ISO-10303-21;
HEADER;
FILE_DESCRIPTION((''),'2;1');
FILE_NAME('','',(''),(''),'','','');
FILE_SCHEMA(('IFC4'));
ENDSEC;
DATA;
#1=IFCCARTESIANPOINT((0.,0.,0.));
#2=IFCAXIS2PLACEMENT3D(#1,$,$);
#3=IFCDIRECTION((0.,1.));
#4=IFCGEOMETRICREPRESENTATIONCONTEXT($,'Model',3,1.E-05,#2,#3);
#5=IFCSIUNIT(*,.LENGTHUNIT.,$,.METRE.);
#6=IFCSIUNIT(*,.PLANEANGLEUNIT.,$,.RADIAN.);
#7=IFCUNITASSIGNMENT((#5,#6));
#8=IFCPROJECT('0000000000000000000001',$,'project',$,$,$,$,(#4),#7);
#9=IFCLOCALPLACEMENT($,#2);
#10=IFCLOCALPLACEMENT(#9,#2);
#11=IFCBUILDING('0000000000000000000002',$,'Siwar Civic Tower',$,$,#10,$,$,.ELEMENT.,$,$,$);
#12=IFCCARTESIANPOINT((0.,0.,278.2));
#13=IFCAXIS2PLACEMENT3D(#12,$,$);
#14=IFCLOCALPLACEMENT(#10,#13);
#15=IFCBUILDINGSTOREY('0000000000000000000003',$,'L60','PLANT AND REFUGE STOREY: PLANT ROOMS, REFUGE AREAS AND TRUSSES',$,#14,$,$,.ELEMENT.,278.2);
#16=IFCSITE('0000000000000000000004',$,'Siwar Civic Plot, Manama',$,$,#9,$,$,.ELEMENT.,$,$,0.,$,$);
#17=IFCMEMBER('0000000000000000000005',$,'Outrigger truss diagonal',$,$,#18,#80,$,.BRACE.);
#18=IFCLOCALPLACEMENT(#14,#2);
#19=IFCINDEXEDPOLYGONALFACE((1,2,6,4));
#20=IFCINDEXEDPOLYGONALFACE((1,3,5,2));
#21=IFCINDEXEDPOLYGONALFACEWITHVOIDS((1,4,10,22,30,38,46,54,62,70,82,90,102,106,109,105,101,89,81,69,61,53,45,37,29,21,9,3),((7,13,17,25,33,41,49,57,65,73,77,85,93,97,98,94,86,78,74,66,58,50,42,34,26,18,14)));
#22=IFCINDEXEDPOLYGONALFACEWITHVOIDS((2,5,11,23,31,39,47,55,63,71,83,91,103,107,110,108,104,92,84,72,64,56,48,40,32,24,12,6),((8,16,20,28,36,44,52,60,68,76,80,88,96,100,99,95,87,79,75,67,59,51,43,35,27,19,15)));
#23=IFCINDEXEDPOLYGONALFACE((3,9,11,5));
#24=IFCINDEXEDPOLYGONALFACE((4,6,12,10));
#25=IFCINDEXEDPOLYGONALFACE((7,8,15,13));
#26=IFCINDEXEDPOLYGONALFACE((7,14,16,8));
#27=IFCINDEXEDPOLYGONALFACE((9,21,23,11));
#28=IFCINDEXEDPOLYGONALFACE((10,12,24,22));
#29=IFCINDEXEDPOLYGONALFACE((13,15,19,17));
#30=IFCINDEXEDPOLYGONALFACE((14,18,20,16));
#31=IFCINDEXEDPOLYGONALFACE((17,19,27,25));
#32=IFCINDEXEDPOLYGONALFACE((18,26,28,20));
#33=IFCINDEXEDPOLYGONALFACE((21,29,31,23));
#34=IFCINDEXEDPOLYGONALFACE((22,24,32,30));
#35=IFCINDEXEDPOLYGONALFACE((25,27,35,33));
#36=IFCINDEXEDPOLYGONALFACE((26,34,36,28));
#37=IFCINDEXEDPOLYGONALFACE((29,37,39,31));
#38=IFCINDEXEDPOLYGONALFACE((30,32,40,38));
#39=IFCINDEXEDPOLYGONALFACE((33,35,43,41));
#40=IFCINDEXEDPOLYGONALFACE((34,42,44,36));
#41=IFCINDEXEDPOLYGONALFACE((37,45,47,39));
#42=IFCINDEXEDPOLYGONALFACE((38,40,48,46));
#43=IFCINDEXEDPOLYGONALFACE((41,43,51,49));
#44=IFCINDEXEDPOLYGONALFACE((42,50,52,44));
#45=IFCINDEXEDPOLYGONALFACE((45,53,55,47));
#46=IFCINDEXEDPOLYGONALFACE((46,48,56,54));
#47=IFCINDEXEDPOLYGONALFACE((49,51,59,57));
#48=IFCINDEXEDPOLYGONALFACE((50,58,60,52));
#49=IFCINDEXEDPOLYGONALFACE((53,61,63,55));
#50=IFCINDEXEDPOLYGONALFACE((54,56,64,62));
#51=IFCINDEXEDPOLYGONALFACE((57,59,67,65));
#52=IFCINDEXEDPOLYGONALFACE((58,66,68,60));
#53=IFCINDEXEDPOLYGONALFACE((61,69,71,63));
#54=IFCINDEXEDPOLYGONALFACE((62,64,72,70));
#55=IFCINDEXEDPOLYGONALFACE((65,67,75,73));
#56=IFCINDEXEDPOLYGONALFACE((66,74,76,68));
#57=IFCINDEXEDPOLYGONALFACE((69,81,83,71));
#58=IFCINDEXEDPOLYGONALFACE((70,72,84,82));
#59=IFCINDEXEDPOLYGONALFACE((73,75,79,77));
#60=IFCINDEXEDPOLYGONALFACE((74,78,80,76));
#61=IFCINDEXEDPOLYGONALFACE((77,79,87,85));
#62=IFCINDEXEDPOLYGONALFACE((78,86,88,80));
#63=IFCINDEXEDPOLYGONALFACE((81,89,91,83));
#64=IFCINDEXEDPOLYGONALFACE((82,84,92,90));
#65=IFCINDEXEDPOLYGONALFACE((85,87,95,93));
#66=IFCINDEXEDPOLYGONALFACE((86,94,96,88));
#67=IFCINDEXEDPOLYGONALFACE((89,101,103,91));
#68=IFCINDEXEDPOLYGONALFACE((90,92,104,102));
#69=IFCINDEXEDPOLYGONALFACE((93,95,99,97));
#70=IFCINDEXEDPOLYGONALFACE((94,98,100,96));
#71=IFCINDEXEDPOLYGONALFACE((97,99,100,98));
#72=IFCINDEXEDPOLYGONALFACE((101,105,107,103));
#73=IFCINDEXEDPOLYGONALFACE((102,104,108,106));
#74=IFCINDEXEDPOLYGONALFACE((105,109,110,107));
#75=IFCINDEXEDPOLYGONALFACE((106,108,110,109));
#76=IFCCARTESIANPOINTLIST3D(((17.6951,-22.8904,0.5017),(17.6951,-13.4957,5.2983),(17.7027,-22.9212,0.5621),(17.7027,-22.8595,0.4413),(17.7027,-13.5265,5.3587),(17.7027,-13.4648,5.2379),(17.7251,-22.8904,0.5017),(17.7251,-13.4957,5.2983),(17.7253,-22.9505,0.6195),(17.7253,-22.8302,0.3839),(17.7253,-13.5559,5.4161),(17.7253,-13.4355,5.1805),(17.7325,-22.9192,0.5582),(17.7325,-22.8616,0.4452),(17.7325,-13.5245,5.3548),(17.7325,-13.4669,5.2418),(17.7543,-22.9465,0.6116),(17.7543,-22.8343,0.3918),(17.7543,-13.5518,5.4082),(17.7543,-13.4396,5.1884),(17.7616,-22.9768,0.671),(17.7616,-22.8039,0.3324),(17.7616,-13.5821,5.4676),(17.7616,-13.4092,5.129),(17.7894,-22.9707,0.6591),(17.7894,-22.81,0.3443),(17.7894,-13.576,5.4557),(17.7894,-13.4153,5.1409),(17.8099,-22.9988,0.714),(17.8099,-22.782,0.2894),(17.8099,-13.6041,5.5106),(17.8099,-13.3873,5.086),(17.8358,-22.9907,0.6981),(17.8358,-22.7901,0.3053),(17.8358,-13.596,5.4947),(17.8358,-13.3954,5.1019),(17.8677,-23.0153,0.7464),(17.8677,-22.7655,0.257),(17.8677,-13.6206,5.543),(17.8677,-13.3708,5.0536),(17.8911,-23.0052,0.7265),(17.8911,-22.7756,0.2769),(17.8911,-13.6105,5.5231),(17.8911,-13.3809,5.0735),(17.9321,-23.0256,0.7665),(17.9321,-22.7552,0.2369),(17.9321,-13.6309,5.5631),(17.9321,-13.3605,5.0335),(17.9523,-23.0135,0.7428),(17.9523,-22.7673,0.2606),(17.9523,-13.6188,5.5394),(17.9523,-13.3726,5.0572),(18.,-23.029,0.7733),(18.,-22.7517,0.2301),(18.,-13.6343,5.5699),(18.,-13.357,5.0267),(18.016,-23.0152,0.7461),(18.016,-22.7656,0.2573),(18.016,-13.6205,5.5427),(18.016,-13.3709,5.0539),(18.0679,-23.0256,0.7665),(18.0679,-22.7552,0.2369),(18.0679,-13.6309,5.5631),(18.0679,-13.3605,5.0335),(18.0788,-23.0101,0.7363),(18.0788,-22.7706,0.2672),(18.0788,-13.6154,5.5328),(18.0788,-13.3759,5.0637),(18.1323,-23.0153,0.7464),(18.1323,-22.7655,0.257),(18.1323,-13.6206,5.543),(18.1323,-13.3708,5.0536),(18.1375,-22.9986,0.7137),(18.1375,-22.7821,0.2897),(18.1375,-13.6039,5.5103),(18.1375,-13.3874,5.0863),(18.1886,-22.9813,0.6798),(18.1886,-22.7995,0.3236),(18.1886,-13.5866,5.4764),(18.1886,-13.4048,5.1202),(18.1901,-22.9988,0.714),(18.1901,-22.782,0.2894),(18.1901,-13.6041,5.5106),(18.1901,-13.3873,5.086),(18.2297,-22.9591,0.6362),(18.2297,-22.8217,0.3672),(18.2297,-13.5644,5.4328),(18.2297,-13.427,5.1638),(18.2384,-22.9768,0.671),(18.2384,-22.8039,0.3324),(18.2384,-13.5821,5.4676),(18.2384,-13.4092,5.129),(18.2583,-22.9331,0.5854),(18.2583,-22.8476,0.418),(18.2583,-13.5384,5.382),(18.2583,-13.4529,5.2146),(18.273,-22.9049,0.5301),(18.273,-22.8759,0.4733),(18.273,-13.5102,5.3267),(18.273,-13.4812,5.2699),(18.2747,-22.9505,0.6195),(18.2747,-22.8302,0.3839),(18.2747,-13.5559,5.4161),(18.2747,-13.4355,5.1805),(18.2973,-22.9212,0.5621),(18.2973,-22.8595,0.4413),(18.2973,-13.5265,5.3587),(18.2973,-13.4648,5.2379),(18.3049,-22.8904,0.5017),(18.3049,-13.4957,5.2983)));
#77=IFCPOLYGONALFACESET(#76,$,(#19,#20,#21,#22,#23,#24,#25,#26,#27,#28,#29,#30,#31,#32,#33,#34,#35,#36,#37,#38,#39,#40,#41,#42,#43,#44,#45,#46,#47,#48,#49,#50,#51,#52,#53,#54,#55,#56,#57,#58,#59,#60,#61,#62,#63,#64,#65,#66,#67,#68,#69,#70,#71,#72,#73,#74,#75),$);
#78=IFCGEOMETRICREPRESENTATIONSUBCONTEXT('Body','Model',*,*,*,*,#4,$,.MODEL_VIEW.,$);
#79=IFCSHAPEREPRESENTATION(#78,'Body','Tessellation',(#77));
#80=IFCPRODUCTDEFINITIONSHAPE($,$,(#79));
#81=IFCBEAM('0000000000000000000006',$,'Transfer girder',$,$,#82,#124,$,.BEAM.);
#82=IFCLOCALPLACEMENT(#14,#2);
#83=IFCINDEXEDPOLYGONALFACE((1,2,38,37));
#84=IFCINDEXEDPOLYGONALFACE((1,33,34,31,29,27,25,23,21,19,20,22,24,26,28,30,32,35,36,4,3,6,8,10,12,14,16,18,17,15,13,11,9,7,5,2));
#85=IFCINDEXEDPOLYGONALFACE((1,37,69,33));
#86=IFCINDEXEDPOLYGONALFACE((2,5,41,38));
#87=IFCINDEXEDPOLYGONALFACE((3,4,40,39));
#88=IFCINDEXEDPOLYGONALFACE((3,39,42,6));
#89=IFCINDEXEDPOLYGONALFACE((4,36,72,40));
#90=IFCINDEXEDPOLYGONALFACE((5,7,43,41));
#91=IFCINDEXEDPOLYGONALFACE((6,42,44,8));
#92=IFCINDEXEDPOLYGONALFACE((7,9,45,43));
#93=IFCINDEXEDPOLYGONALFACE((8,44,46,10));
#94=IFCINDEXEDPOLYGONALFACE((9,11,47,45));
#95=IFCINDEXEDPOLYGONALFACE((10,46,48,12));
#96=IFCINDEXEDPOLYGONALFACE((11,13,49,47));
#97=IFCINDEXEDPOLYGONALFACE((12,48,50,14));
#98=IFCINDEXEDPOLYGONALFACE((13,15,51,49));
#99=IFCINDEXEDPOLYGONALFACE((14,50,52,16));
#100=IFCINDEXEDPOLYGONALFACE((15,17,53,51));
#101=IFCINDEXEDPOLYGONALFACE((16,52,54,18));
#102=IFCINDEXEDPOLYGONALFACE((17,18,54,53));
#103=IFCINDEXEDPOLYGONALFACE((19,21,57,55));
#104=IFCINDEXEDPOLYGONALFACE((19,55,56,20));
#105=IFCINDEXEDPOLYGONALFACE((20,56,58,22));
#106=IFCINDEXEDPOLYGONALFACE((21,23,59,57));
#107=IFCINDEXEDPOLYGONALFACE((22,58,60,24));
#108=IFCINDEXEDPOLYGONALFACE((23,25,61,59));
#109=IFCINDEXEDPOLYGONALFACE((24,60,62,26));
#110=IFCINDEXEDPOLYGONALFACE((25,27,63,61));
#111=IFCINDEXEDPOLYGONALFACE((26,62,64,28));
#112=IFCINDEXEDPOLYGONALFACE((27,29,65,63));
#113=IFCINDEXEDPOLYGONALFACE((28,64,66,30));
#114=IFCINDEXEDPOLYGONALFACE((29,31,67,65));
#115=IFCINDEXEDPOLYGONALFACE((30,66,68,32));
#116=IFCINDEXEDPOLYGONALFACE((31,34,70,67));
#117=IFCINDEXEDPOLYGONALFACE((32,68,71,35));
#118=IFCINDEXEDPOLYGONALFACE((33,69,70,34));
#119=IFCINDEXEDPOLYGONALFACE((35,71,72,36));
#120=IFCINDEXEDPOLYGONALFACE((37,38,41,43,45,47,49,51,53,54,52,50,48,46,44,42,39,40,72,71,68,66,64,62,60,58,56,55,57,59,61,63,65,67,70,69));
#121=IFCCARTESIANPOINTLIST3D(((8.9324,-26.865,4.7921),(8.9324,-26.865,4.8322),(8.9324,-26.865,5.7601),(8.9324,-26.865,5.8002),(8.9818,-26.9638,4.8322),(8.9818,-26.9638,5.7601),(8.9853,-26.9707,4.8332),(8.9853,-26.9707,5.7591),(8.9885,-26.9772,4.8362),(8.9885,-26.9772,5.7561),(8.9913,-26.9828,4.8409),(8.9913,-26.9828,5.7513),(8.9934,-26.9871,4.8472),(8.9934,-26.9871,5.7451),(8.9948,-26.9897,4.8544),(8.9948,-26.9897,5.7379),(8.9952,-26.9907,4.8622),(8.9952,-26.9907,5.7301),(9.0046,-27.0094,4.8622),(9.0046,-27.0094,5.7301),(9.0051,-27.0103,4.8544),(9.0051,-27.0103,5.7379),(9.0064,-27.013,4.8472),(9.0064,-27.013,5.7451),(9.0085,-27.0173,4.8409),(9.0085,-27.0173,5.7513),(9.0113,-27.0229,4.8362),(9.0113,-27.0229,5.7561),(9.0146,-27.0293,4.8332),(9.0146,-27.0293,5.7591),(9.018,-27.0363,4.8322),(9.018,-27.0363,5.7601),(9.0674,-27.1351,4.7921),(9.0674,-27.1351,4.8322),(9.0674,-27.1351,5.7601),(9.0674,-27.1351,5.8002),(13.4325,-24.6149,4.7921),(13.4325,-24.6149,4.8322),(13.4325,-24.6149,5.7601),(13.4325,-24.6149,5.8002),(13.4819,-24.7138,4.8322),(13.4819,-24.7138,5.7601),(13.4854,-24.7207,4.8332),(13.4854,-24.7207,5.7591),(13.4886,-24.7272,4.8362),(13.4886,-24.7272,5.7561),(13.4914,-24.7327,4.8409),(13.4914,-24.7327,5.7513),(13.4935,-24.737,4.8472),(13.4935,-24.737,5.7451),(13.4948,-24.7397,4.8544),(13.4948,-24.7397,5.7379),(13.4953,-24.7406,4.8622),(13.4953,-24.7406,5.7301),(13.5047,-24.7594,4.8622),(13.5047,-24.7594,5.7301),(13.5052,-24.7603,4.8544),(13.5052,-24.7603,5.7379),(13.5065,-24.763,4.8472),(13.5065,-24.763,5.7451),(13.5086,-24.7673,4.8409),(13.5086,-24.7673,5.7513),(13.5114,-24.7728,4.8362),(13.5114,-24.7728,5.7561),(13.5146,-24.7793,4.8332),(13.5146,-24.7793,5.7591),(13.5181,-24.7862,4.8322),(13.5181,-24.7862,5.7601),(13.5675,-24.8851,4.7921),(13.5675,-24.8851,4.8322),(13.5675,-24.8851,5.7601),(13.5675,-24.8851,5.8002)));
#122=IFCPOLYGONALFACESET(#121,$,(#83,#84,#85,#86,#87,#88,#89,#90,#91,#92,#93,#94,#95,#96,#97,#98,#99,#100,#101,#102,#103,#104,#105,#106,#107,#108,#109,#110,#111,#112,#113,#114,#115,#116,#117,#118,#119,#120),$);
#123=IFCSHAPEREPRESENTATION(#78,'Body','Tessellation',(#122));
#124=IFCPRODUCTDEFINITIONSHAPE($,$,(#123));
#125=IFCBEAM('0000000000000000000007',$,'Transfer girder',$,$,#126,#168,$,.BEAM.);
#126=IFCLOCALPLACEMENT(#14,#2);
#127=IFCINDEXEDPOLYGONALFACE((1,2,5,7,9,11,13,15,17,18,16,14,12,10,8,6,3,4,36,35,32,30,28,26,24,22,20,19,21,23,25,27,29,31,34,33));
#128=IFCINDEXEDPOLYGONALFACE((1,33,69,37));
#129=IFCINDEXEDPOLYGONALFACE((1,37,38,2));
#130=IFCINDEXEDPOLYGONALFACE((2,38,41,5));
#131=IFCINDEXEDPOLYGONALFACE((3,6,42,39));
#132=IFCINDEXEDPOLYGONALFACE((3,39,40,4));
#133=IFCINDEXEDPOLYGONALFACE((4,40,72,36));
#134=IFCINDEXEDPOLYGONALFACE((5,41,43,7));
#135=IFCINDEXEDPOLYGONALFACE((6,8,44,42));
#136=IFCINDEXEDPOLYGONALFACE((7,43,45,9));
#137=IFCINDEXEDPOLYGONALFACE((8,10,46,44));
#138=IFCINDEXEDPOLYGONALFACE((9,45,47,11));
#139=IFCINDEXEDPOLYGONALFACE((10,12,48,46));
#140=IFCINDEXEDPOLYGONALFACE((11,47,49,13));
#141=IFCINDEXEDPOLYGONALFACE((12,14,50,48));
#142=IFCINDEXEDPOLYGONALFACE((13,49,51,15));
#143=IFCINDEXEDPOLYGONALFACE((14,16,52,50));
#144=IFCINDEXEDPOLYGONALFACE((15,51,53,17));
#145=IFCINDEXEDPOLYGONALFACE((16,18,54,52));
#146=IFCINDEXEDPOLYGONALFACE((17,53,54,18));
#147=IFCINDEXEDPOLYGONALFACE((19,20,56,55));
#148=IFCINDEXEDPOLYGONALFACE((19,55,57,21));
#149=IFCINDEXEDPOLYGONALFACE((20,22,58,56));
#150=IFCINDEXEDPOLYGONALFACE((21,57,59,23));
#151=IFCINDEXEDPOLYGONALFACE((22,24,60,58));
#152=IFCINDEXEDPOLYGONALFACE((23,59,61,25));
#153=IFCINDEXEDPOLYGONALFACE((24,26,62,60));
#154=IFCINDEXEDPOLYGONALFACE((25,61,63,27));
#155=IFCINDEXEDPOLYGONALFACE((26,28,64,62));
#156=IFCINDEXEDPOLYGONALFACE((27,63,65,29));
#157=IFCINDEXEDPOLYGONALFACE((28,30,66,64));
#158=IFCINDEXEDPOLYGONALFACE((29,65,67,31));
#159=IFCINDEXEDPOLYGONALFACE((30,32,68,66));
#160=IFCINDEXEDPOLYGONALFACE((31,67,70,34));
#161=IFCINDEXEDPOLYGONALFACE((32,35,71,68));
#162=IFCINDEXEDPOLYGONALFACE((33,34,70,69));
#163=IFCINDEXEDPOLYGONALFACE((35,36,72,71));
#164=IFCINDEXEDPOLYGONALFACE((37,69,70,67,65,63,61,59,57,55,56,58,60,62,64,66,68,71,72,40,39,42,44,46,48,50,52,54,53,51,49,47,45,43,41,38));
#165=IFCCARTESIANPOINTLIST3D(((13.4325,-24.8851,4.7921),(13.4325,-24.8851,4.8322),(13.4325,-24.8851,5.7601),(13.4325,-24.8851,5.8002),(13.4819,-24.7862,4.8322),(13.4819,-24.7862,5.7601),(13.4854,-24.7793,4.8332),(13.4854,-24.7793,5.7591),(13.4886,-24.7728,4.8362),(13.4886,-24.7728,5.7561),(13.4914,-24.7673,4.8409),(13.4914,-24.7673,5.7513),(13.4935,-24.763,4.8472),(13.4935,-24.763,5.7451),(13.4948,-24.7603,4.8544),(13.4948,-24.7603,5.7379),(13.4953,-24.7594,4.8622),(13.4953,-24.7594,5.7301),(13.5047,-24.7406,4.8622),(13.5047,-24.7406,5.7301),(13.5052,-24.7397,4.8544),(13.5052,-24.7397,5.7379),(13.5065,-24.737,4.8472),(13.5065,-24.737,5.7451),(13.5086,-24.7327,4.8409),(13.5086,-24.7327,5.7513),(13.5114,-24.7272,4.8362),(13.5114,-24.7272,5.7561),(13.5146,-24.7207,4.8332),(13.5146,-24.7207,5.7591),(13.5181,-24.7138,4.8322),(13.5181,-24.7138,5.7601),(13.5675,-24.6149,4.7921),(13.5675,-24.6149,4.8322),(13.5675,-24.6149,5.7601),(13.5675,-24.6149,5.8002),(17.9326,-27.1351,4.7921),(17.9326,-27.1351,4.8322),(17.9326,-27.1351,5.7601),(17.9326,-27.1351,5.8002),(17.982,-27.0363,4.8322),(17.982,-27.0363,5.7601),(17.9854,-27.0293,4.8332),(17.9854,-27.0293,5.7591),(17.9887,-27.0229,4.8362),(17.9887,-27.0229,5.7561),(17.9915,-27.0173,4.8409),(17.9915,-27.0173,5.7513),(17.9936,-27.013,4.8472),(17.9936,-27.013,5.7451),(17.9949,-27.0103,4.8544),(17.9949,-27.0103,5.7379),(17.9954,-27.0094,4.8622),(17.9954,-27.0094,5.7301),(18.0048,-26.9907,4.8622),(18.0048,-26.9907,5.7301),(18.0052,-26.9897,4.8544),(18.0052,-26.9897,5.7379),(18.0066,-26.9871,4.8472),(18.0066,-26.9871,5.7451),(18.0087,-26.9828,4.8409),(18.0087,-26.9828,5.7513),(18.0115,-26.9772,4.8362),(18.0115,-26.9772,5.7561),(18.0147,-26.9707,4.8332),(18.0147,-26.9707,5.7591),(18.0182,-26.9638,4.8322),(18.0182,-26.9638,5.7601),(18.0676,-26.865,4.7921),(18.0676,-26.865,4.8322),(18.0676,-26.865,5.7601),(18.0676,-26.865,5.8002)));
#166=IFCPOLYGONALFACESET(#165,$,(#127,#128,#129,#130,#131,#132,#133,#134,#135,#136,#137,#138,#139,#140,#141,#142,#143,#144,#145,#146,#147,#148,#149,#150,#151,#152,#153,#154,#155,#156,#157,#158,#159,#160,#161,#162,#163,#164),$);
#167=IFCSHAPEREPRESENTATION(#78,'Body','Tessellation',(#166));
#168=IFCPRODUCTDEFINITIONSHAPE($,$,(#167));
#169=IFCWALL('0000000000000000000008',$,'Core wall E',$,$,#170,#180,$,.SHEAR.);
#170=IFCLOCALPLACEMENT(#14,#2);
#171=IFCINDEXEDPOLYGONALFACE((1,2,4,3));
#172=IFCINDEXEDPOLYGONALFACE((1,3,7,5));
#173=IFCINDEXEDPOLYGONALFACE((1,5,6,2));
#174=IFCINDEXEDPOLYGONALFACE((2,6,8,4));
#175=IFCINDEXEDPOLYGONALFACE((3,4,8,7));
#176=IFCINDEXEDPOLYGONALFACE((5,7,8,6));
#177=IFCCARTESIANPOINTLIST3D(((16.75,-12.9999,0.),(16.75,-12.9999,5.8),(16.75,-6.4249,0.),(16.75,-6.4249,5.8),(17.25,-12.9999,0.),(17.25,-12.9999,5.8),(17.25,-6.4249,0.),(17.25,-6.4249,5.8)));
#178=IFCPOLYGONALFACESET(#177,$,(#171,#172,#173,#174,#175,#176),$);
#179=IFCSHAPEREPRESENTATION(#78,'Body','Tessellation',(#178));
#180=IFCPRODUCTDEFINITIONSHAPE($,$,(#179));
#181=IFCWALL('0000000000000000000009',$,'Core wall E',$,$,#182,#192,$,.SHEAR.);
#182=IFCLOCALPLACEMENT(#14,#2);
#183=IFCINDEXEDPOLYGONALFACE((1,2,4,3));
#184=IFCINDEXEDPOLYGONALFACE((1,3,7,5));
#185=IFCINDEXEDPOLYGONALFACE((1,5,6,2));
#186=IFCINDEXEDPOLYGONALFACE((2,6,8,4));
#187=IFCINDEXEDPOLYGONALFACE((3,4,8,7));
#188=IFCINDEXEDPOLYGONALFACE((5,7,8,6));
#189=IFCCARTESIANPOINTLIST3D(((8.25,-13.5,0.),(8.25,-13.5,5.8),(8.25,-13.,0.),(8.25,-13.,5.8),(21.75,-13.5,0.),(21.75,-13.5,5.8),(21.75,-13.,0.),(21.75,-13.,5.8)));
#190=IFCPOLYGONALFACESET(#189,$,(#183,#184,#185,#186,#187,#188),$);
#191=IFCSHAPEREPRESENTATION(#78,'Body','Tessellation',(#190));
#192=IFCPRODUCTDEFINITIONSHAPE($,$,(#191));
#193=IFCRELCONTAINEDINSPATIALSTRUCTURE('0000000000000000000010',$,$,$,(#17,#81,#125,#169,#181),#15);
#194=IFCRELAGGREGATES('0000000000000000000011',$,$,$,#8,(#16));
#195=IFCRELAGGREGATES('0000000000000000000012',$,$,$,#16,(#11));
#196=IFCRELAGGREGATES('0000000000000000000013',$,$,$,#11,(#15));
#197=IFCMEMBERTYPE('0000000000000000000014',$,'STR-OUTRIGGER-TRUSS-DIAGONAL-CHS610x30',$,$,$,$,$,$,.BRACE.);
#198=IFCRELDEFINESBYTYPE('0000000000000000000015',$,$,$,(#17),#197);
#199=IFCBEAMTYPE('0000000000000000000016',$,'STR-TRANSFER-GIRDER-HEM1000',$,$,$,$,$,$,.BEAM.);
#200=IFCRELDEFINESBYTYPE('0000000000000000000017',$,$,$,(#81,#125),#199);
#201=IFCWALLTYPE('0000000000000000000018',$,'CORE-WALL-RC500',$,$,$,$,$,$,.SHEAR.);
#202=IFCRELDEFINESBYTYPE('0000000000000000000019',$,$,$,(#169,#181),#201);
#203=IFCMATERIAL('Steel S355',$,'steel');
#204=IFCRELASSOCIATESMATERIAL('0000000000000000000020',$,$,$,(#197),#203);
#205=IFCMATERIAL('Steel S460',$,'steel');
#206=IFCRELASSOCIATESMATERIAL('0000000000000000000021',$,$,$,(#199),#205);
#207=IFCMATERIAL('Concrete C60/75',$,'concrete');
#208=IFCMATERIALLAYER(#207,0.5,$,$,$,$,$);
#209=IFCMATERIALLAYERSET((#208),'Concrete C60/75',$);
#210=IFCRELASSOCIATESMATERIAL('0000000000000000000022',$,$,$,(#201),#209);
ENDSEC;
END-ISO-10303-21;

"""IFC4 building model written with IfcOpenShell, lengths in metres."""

from ifc_helpers import new_model, si_unit, direction, frame, frame_2d, origin, origin_2d, place, context, subcontext, project, spatial, rectangle, hollow_circle, i_section, extrude, material, layer, layer_set, material_profile, profile_set, type_object, element, save


model = new_model("IFC4")

# Units and contexts
model_context = context("Model", 3, precision=1e-05, world=origin(), true_north=direction((0.0, 1.0)))
body_context = subcontext(model_context, "Body", "Model", "MODEL_VIEW")
ifc_project = project(units=[si_unit("LENGTHUNIT", "METRE"), si_unit("PLANEANGLEUNIT", "RADIAN")], contexts=[model_context])

# Site, building, storey
site_placement = place(None, origin())
site = spatial("IfcSite", under=ifc_project, at=site_placement, Name="Siwar Civic Plot, Manama", CompositionType="ELEMENT", RefElevation=0.0)
building_placement = place(site_placement, origin())
building = spatial("IfcBuilding", under=site, at=building_placement, Name="Siwar Civic Tower", CompositionType="ELEMENT")
storey_placement = place(building_placement, frame((0.0, 0.0, 278.2)))
storey = spatial("IfcBuildingStorey", under=building, at=storey_placement, Name="L60", Description="PLANT AND REFUGE STOREY: PLANT ROOMS, REFUGE AREAS AND TRUSSES", CompositionType="ELEMENT", Elevation=278.2)

# Member
ifc_material_1 = material(Name="Steel S355", Category="steel")
ifc_material_profile_1 = material_profile(ifc_material_1, hollow_circle(Radius=0.3049, WallThickness=0.03, at=origin_2d()), Name="CHS610x30")
ifc_profile_set_1 = profile_set([ifc_material_profile_1], Name="Steel S355")
member_type_1 = type_object("IfcMemberType", Name="STR-OUTRIGGER-TRUSS-DIAGONAL-CHS610x30", PredefinedType="BRACE", material=ifc_profile_set_1)
member_1_placement = place(storey_placement, frame((18.0, -22.8904, 0.5017), z_axis=(0.0, 0.890632, 0.454724), x_axis=(-1.0, 0.0, 0.0)))
element("IfcMember", 1, at=member_1_placement, inside=storey, type_object=member_type_1, Name="Outrigger truss diagonal", PredefinedType="BRACE", context=body_context, shape_type="SweptSolid", body=[
    extrude(hollow_circle(Radius=0.3049, WallThickness=0.03, at=origin_2d()), origin(), (0.0, 0.0, 1.0), 10.5483),
])

# Beams
ifc_material_2 = material(Name="Steel S460", Category="steel")
ifc_material_profile_2 = material_profile(ifc_material_2, i_section(OverallWidth=0.302, OverallDepth=1.0081, WebThickness=0.021, FlangeThickness=0.04, FilletRadius=0.03, at=origin_2d()), Name="HEM1000")
ifc_profile_set_2 = profile_set([ifc_material_profile_2], Name="Steel S460")
beam_type_1 = type_object("IfcBeamType", Name="STR-TRANSFER-GIRDER-HEM1000", PredefinedType="BEAM", material=ifc_profile_set_2)
for number, where, z_axis, x_axis, name in (
    (2, (13.5, -24.75, 5.2961), (-0.894427, -0.447214, 0.0), (0.447214, -0.894427, 0.0), "Transfer girder"),
    (3, (13.5, -24.75, 5.2961), (0.894427, -0.447214, 0.0), (0.447214, 0.894427, 0.0), "Transfer girder"),
):
    element("IfcBeam", number, at=place(storey_placement, frame(where, z_axis=z_axis, x_axis=x_axis)), inside=storey, type_object=beam_type_1, Name=name, PredefinedType="BEAM", context=body_context, shape_type="SweptSolid", body=[
        extrude(i_section(OverallWidth=0.302, OverallDepth=1.0081, WebThickness=0.021, FlangeThickness=0.04, FilletRadius=0.03, at=origin_2d()), origin(), (0.0, 0.0, 1.0), 5.0312),
    ])

# Walls
ifc_material_3 = material(Name="Concrete C60/75", Category="concrete")
ifc_layer_1 = layer(ifc_material_3, 0.5)
ifc_layer_set_1 = layer_set([ifc_layer_1], Name="Concrete C60/75")
wall_type_1 = type_object("IfcWallType", Name="CORE-WALL-RC500", PredefinedType="SHEAR", material=ifc_layer_set_1)
wall_1_placement = place(storey_placement, frame((17.0, -13.0, 0.0), z_axis=(0.0, 0.0, 1.0), x_axis=(0.0, 1.0, 0.0)))
element("IfcWall", 4, at=wall_1_placement, inside=storey, type_object=wall_type_1, Name="Core wall E", PredefinedType="SHEAR", context=body_context, shape_type="SweptSolid", body=[
    extrude(rectangle(XDim=6.575, YDim=0.5, at=frame_2d((3.2876, 0.0))), origin(), (0.0, 0.0, 1.0), 5.8),
])
wall_2_placement = place(storey_placement, frame((8.25, -13.25, 0.0), z_axis=(0.0, 0.0, 1.0), x_axis=(1.0, 0.0, 0.0)))
element("IfcWall", 5, at=wall_2_placement, inside=storey, type_object=wall_type_1, Name="Core wall E", PredefinedType="SHEAR", context=body_context, shape_type="SweptSolid", body=[
    extrude(rectangle(XDim=13.5, YDim=0.5, at=frame_2d((6.75, 0.0))), origin(), (0.0, 0.0, 1.0), 5.8),
])

save(model, "model.ifc")
